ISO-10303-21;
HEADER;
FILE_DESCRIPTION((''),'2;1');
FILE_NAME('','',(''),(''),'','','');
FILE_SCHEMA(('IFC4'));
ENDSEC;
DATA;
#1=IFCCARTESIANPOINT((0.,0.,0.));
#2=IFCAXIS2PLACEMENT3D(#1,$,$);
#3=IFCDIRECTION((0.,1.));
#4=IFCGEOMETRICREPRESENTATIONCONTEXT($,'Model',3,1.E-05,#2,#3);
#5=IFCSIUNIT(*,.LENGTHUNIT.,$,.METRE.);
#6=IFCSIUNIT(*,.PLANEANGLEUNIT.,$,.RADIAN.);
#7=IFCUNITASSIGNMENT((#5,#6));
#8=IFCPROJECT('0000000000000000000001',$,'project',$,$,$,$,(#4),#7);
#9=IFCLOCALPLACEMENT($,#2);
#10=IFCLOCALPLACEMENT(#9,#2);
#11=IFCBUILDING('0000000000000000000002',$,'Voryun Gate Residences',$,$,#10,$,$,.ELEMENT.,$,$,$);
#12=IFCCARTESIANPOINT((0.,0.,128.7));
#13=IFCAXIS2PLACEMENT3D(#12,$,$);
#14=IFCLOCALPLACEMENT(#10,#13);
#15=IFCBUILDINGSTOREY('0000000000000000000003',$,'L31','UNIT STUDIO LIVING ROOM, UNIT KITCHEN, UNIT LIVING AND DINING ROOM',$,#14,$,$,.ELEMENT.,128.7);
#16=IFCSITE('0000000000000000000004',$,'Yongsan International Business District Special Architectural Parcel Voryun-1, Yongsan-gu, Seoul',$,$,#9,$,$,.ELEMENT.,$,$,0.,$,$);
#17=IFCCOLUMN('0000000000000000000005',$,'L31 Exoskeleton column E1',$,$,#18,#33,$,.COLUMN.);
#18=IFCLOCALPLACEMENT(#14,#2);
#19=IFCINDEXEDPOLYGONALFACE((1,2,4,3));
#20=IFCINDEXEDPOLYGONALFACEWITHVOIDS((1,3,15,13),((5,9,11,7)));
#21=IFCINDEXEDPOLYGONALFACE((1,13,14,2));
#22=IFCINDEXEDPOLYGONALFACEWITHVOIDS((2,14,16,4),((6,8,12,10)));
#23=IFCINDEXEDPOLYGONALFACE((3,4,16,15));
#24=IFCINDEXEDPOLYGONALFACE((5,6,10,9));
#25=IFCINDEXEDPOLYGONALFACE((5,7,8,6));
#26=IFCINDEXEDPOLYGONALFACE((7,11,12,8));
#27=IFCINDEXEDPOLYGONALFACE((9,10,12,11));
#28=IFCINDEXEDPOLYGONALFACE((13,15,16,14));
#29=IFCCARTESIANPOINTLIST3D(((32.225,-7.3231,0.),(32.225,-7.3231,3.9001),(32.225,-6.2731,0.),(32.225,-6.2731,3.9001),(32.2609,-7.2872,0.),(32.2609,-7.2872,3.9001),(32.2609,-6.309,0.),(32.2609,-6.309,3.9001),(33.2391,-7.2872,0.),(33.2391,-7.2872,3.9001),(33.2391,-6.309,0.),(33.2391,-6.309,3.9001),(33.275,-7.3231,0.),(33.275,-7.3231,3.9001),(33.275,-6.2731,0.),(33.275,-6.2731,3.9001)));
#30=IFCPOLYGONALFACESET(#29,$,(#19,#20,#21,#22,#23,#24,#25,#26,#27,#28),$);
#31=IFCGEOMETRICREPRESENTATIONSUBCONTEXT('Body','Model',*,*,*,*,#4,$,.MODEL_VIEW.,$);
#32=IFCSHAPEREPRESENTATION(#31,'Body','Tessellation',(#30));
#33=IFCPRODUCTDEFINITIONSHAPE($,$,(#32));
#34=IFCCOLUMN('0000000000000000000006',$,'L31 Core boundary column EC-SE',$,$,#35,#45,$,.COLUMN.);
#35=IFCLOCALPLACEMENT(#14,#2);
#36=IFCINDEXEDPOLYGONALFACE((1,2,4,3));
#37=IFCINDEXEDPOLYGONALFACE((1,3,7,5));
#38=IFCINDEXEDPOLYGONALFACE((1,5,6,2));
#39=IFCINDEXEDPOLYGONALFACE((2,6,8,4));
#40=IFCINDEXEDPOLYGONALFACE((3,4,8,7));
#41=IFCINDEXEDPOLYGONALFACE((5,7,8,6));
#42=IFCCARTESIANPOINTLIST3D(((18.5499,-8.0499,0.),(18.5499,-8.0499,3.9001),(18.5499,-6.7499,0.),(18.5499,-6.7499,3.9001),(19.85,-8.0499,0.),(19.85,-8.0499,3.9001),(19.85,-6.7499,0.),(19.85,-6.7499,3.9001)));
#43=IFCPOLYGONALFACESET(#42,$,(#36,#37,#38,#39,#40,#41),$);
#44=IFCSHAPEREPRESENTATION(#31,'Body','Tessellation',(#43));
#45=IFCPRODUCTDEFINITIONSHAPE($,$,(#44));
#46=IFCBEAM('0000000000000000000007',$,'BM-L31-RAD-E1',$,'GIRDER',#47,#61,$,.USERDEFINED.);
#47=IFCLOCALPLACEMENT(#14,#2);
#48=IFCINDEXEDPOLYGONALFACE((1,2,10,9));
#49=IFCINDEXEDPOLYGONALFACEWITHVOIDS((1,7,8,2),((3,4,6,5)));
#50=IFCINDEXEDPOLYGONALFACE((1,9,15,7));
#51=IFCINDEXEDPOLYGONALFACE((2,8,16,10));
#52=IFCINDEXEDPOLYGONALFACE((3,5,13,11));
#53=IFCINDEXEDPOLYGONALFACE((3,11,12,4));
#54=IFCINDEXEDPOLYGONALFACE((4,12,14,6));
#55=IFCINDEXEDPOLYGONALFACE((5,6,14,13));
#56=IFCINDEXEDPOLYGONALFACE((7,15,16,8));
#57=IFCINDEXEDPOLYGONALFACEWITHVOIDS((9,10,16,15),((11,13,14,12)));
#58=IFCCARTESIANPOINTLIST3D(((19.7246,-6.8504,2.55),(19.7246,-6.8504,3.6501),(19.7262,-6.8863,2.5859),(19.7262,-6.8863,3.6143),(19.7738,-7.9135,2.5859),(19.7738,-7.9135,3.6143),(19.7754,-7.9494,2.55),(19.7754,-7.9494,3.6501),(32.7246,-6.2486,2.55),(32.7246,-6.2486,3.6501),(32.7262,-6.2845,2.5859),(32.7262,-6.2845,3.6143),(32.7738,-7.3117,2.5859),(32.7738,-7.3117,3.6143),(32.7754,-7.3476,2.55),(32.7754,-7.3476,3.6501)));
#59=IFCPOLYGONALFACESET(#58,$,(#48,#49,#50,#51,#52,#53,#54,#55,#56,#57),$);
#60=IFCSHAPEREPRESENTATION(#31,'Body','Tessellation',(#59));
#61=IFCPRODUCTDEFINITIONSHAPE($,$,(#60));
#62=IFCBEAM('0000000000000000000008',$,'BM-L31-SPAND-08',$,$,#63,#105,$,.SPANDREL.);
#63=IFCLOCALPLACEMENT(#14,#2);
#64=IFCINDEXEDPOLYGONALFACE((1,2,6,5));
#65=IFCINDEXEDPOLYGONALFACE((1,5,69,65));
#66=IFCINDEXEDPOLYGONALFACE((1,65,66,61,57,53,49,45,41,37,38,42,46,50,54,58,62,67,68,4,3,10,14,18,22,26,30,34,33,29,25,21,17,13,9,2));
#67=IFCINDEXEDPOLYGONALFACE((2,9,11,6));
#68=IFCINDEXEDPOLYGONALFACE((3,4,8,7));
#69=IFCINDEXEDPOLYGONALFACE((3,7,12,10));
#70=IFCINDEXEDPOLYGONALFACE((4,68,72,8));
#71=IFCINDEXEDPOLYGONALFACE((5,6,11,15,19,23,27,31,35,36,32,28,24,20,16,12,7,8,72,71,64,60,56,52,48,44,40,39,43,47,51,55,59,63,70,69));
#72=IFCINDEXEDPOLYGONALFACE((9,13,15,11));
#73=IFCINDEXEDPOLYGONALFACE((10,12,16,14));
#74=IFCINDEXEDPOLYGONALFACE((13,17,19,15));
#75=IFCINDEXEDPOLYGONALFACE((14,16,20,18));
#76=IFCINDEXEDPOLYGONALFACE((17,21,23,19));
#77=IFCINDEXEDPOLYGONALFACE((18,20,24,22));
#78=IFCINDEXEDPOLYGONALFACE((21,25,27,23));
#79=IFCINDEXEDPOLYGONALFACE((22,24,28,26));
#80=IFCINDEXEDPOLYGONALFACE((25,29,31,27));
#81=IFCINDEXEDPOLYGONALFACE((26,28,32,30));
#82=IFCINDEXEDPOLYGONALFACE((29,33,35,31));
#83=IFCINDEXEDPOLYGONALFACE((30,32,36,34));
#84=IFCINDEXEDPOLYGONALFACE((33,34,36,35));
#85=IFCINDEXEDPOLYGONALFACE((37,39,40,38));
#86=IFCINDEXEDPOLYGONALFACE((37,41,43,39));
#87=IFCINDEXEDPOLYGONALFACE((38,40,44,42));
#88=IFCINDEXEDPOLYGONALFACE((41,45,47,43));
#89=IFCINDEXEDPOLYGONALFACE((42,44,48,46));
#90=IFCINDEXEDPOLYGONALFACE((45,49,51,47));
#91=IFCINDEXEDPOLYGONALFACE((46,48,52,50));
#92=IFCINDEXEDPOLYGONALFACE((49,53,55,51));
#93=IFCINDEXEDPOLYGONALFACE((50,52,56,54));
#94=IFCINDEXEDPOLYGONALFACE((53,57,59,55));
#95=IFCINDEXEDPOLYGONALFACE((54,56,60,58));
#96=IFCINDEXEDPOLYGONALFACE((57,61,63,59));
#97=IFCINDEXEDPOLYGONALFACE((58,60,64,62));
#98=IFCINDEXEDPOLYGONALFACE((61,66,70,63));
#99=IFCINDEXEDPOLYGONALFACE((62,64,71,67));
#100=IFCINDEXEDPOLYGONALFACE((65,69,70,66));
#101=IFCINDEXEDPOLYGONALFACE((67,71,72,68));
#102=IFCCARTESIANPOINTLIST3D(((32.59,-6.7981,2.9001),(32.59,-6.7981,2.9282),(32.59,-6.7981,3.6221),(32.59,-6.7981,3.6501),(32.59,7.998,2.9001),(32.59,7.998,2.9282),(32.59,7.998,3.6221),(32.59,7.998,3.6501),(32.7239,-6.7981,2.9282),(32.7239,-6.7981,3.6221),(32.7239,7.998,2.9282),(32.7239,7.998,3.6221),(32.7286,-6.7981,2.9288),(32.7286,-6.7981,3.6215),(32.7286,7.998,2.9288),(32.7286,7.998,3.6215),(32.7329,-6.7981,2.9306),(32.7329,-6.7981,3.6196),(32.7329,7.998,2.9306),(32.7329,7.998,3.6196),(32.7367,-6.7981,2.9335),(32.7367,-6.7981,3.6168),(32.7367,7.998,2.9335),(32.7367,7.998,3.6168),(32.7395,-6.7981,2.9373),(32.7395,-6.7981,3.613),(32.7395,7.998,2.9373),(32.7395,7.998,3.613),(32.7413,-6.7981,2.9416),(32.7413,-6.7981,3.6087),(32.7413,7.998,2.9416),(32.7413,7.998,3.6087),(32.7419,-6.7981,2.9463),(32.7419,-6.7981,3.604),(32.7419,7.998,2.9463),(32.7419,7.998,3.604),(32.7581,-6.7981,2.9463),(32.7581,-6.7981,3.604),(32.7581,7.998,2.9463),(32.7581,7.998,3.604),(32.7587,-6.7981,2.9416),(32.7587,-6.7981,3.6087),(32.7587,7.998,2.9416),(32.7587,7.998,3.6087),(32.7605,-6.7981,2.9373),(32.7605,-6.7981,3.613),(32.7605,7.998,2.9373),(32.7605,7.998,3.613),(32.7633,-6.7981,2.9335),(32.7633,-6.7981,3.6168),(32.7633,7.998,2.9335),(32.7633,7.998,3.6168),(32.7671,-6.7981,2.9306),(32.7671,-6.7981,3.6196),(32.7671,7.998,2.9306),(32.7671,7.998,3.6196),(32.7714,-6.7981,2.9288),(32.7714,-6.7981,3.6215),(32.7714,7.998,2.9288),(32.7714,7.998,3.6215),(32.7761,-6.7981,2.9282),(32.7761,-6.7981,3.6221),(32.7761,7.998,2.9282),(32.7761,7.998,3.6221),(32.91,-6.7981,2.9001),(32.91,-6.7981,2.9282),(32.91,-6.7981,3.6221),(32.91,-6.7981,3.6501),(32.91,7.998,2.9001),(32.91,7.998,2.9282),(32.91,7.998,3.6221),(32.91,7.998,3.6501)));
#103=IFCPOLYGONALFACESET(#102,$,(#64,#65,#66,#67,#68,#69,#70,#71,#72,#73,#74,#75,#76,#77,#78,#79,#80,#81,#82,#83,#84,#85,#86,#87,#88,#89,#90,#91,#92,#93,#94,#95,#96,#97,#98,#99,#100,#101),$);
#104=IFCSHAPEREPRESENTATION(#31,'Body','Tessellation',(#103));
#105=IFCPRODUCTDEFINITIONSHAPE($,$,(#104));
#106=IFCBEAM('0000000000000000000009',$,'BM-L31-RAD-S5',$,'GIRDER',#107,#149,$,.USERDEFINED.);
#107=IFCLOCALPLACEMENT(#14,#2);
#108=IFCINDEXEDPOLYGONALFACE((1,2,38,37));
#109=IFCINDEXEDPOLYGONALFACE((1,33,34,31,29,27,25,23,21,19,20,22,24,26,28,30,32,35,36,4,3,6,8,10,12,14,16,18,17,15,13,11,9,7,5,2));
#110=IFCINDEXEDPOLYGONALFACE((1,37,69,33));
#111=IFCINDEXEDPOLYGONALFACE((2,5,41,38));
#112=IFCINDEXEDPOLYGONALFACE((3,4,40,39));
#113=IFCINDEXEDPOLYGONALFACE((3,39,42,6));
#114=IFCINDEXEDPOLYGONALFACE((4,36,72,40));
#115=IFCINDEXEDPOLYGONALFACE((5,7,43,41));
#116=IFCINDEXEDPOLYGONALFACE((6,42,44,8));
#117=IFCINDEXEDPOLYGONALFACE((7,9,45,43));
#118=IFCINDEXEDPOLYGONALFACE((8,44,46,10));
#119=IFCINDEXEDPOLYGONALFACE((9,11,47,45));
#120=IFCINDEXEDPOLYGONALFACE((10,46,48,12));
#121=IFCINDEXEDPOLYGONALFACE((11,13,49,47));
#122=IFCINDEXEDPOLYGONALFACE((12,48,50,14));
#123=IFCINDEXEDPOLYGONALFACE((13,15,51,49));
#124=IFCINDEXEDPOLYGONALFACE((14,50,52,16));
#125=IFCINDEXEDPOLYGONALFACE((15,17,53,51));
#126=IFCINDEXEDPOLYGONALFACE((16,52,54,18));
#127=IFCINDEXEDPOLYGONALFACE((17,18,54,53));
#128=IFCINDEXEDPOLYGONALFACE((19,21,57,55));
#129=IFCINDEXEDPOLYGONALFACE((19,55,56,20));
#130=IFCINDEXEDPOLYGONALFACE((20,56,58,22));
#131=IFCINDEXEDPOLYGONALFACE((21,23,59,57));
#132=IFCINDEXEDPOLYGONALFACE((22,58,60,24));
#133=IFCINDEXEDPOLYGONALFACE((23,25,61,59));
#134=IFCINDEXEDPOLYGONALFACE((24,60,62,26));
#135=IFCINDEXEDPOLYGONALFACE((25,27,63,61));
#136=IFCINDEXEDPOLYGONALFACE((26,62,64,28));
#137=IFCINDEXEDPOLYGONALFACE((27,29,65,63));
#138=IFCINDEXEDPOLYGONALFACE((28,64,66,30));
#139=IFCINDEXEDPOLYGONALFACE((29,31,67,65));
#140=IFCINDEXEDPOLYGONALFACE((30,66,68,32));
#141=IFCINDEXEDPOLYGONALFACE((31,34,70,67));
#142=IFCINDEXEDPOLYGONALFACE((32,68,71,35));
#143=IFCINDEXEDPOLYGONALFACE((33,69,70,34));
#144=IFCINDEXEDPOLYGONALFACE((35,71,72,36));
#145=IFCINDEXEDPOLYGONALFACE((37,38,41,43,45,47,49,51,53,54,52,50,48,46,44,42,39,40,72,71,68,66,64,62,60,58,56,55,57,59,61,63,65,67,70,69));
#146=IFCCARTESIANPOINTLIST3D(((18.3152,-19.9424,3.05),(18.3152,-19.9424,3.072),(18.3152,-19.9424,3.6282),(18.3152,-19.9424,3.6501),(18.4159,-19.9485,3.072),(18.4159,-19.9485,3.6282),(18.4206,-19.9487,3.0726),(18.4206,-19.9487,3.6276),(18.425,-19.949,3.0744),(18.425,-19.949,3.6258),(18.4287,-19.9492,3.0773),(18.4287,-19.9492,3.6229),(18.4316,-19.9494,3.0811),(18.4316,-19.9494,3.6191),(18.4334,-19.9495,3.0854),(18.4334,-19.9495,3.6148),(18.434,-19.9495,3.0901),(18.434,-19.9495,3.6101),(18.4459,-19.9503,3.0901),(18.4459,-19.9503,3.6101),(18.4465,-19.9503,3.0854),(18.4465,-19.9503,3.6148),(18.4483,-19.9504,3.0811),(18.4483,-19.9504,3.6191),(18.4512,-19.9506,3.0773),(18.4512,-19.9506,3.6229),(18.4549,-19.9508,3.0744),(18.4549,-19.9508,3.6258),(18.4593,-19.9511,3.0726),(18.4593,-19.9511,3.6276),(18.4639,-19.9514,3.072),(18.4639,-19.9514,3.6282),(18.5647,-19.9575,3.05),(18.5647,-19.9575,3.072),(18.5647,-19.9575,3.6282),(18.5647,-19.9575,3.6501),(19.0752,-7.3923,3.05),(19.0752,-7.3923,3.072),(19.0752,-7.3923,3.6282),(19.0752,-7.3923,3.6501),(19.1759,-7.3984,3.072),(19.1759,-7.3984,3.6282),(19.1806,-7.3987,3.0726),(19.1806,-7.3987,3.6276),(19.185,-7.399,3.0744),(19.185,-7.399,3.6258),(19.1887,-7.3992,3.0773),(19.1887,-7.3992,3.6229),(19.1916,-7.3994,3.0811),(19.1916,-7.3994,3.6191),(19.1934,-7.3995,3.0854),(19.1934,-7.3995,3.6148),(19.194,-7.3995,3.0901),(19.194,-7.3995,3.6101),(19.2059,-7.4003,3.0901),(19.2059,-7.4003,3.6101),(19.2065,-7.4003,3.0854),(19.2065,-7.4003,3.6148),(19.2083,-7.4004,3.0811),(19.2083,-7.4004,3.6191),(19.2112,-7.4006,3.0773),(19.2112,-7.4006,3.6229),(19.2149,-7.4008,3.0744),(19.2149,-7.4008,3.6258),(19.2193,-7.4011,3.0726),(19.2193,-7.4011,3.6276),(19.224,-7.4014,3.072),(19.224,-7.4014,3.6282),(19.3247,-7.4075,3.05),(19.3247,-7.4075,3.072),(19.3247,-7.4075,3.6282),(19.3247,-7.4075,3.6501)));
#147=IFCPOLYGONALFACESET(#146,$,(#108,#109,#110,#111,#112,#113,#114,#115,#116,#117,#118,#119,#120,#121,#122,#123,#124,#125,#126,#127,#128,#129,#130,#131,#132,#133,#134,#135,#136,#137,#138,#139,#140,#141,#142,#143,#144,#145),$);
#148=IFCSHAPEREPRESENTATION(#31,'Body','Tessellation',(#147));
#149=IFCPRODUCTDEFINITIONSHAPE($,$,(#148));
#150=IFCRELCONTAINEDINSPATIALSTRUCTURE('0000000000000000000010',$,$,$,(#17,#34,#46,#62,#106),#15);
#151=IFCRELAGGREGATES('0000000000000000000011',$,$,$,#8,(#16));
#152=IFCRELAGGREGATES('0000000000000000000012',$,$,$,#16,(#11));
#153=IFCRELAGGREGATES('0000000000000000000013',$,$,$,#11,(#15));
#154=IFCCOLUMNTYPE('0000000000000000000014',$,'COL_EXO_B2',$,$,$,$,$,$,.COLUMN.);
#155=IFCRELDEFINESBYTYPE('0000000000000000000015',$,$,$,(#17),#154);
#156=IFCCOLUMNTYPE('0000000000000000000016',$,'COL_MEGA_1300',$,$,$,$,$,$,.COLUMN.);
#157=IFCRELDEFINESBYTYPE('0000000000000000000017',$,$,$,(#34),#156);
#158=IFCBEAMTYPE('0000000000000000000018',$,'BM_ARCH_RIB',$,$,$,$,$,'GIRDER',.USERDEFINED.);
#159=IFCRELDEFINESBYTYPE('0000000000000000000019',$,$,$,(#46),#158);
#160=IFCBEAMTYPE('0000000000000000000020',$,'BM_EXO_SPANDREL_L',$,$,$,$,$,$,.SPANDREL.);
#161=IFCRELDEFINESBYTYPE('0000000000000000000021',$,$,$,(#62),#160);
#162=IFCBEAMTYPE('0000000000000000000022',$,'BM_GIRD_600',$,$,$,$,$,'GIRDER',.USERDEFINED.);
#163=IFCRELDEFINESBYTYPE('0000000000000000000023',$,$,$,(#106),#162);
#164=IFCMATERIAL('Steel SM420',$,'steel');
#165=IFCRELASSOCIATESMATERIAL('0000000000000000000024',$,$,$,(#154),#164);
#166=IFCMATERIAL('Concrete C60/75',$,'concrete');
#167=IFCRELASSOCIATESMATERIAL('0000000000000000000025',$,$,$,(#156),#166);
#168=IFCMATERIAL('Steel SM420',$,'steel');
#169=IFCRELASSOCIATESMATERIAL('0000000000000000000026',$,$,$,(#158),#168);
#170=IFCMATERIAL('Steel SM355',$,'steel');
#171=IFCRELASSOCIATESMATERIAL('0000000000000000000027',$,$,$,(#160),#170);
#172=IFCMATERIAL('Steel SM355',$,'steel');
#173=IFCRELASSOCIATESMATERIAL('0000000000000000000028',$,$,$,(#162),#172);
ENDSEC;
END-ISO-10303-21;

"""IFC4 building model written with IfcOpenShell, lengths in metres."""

from ifc_helpers import new_model, si_unit, direction, frame, origin, origin_2d, place, context, subcontext, project, spatial, rectangle, hollow_rectangle, i_section, extrude, material, material_profile, profile_set, type_object, element, save


model = new_model("IFC4")

# Units and contexts
model_context = context("Model", 3, precision=1e-05, world=origin(), true_north=direction((0.0, 1.0)))
body_context = subcontext(model_context, "Body", "Model", "MODEL_VIEW")
ifc_project = project(units=[si_unit("LENGTHUNIT", "METRE"), si_unit("PLANEANGLEUNIT", "RADIAN")], contexts=[model_context])

# Site, building, storey
site_placement = place(None, origin())
site = spatial("IfcSite", under=ifc_project, at=site_placement, Name="Yongsan International Business District Special Architectural Parcel Voryun-1, Yongsan-gu, Seoul", CompositionType="ELEMENT", RefElevation=0.0)
building_placement = place(site_placement, origin())
building = spatial("IfcBuilding", under=site, at=building_placement, Name="Voryun Gate Residences", CompositionType="ELEMENT")
storey_placement = place(building_placement, frame((0.0, 0.0, 128.7)))
storey = spatial("IfcBuildingStorey", under=building, at=storey_placement, Name="L31", Description="UNIT STUDIO LIVING ROOM, UNIT KITCHEN, UNIT LIVING AND DINING ROOM", CompositionType="ELEMENT", Elevation=128.7)

# Columns
ifc_material_1 = material(Name="Steel SM420", Category="steel")
ifc_material_profile_1 = material_profile(ifc_material_1, hollow_rectangle(XDim=1.05, YDim=1.05, WallThickness=0.0359, at=origin_2d()), Name="BOX-1050x1050x36")
ifc_profile_set_1 = profile_set([ifc_material_profile_1], Name="Steel SM420")
column_type_1 = type_object("IfcColumnType", Name="COL_EXO_B2", PredefinedType="COLUMN", material=ifc_profile_set_1)
column_1_placement = place(storey_placement, frame((32.75, -6.7981, 0.0), z_axis=(0.0, 0.0, 1.0), x_axis=(1.0, 0.0, 0.0)))
element("IfcColumn", 1, at=column_1_placement, inside=storey, type_object=column_type_1, Name="L31 Exoskeleton column E1", PredefinedType="COLUMN", context=body_context, shape_type="SweptSolid", body=[
    extrude(hollow_rectangle(XDim=1.05, YDim=1.05, WallThickness=0.0359, at=origin_2d()), origin(), (0.0, 0.0, 1.0), 3.9001),
])
ifc_material_2 = material(Name="Concrete C60/75", Category="concrete")
ifc_material_profile_2 = material_profile(ifc_material_2, rectangle(XDim=1.3, YDim=1.3, at=origin_2d()), Name="RC-1300x1300")
ifc_profile_set_2 = profile_set([ifc_material_profile_2], Name="Concrete C60/75")
column_type_2 = type_object("IfcColumnType", Name="COL_MEGA_1300", PredefinedType="COLUMN", material=ifc_profile_set_2)
column_2_placement = place(storey_placement, frame((19.2, -7.3999, 0.0), z_axis=(0.0, 0.0, 1.0), x_axis=(1.0, 0.0, 0.0)))
element("IfcColumn", 2, at=column_2_placement, inside=storey, type_object=column_type_2, Name="L31 Core boundary column EC-SE", PredefinedType="COLUMN", context=body_context, shape_type="SweptSolid", body=[
    extrude(rectangle(XDim=1.3, YDim=1.3, at=origin_2d()), origin(), (0.0, 0.0, 1.0), 3.9001),
])

# Beams
ifc_material_3 = material(Name="Steel SM420", Category="steel")
ifc_material_profile_3 = material_profile(ifc_material_3, hollow_rectangle(XDim=1.1001, YDim=1.1001, WallThickness=0.0359, at=origin_2d()), Name="BOX-1100x1100x36")
ifc_profile_set_3 = profile_set([ifc_material_profile_3], Name="Steel SM420")
beam_type_1 = type_object("IfcBeamType", Name="BM_ARCH_RIB", ElementType="GIRDER", PredefinedType="USERDEFINED", material=ifc_profile_set_3)
beam_1_placement = place(storey_placement, frame((19.75, -7.3999, 3.1001), z_axis=(0.99893, 0.046243, 0.0), x_axis=(-0.046243, 0.99893, 0.0)))
element("IfcBeam", 3, at=beam_1_placement, inside=storey, type_object=beam_type_1, Name="BM-L31-RAD-E1", ObjectType="GIRDER", PredefinedType="USERDEFINED", context=body_context, shape_type="SweptSolid", body=[
    extrude(hollow_rectangle(XDim=1.1001, YDim=1.1001, WallThickness=0.0359, at=origin_2d()), origin(), (0.0, 0.0, 1.0), 13.0139),
])
ifc_material_4 = material(Name="Steel SM355", Category="steel")
ifc_material_profile_4 = material_profile(ifc_material_4, i_section(OverallWidth=0.3201, OverallDepth=0.75, WebThickness=0.0161, FlangeThickness=0.0281, FilletRadius=0.0181, at=origin_2d()), Name="H-750x320x16x28")
ifc_profile_set_4 = profile_set([ifc_material_profile_4], Name="Steel SM355")
beam_type_2 = type_object("IfcBeamType", Name="BM_EXO_SPANDREL_L", PredefinedType="SPANDREL", material=ifc_profile_set_4)
beam_2_placement = place(storey_placement, frame((32.75, -6.7981, 3.2751), z_axis=(0.0, 1.0, 0.0), x_axis=(-1.0, 0.0, 0.0)))
element("IfcBeam", 4, at=beam_2_placement, inside=storey, type_object=beam_type_2, Name="BM-L31-SPAND-08", PredefinedType="SPANDREL", context=body_context, shape_type="SweptSolid", body=[
    extrude(i_section(OverallWidth=0.3201, OverallDepth=0.75, WebThickness=0.0161, FlangeThickness=0.0281, FilletRadius=0.0181, at=origin_2d()), origin(), (0.0, 0.0, 1.0), 14.7961),
])
ifc_material_5 = material(Name="Steel SM355", Category="steel")
ifc_material_profile_5 = material_profile(ifc_material_5, i_section(OverallWidth=0.25, OverallDepth=0.6001, WebThickness=0.012, FlangeThickness=0.022, FilletRadius=0.0181, at=origin_2d()), Name="H-600x250x12x22")
ifc_profile_set_5 = profile_set([ifc_material_profile_5], Name="Steel SM355")
beam_type_3 = type_object("IfcBeamType", Name="BM_GIRD_600", ElementType="GIRDER", PredefinedType="USERDEFINED", material=ifc_profile_set_5)
beam_3_placement = place(storey_placement, frame((19.2, -7.3999, 3.3501), z_axis=(-0.060448, -0.998171, 0.0), x_axis=(0.998171, -0.060448, 0.0)))
element("IfcBeam", 5, at=beam_3_placement, inside=storey, type_object=beam_type_3, Name="BM-L31-RAD-S5", ObjectType="GIRDER", PredefinedType="USERDEFINED", context=body_context, shape_type="SweptSolid", body=[
    extrude(i_section(OverallWidth=0.25, OverallDepth=0.6001, WebThickness=0.012, FlangeThickness=0.022, FilletRadius=0.0181, at=origin_2d()), origin(), (0.0, 0.0, 1.0), 12.573),
])

save(model, "model.ifc")
